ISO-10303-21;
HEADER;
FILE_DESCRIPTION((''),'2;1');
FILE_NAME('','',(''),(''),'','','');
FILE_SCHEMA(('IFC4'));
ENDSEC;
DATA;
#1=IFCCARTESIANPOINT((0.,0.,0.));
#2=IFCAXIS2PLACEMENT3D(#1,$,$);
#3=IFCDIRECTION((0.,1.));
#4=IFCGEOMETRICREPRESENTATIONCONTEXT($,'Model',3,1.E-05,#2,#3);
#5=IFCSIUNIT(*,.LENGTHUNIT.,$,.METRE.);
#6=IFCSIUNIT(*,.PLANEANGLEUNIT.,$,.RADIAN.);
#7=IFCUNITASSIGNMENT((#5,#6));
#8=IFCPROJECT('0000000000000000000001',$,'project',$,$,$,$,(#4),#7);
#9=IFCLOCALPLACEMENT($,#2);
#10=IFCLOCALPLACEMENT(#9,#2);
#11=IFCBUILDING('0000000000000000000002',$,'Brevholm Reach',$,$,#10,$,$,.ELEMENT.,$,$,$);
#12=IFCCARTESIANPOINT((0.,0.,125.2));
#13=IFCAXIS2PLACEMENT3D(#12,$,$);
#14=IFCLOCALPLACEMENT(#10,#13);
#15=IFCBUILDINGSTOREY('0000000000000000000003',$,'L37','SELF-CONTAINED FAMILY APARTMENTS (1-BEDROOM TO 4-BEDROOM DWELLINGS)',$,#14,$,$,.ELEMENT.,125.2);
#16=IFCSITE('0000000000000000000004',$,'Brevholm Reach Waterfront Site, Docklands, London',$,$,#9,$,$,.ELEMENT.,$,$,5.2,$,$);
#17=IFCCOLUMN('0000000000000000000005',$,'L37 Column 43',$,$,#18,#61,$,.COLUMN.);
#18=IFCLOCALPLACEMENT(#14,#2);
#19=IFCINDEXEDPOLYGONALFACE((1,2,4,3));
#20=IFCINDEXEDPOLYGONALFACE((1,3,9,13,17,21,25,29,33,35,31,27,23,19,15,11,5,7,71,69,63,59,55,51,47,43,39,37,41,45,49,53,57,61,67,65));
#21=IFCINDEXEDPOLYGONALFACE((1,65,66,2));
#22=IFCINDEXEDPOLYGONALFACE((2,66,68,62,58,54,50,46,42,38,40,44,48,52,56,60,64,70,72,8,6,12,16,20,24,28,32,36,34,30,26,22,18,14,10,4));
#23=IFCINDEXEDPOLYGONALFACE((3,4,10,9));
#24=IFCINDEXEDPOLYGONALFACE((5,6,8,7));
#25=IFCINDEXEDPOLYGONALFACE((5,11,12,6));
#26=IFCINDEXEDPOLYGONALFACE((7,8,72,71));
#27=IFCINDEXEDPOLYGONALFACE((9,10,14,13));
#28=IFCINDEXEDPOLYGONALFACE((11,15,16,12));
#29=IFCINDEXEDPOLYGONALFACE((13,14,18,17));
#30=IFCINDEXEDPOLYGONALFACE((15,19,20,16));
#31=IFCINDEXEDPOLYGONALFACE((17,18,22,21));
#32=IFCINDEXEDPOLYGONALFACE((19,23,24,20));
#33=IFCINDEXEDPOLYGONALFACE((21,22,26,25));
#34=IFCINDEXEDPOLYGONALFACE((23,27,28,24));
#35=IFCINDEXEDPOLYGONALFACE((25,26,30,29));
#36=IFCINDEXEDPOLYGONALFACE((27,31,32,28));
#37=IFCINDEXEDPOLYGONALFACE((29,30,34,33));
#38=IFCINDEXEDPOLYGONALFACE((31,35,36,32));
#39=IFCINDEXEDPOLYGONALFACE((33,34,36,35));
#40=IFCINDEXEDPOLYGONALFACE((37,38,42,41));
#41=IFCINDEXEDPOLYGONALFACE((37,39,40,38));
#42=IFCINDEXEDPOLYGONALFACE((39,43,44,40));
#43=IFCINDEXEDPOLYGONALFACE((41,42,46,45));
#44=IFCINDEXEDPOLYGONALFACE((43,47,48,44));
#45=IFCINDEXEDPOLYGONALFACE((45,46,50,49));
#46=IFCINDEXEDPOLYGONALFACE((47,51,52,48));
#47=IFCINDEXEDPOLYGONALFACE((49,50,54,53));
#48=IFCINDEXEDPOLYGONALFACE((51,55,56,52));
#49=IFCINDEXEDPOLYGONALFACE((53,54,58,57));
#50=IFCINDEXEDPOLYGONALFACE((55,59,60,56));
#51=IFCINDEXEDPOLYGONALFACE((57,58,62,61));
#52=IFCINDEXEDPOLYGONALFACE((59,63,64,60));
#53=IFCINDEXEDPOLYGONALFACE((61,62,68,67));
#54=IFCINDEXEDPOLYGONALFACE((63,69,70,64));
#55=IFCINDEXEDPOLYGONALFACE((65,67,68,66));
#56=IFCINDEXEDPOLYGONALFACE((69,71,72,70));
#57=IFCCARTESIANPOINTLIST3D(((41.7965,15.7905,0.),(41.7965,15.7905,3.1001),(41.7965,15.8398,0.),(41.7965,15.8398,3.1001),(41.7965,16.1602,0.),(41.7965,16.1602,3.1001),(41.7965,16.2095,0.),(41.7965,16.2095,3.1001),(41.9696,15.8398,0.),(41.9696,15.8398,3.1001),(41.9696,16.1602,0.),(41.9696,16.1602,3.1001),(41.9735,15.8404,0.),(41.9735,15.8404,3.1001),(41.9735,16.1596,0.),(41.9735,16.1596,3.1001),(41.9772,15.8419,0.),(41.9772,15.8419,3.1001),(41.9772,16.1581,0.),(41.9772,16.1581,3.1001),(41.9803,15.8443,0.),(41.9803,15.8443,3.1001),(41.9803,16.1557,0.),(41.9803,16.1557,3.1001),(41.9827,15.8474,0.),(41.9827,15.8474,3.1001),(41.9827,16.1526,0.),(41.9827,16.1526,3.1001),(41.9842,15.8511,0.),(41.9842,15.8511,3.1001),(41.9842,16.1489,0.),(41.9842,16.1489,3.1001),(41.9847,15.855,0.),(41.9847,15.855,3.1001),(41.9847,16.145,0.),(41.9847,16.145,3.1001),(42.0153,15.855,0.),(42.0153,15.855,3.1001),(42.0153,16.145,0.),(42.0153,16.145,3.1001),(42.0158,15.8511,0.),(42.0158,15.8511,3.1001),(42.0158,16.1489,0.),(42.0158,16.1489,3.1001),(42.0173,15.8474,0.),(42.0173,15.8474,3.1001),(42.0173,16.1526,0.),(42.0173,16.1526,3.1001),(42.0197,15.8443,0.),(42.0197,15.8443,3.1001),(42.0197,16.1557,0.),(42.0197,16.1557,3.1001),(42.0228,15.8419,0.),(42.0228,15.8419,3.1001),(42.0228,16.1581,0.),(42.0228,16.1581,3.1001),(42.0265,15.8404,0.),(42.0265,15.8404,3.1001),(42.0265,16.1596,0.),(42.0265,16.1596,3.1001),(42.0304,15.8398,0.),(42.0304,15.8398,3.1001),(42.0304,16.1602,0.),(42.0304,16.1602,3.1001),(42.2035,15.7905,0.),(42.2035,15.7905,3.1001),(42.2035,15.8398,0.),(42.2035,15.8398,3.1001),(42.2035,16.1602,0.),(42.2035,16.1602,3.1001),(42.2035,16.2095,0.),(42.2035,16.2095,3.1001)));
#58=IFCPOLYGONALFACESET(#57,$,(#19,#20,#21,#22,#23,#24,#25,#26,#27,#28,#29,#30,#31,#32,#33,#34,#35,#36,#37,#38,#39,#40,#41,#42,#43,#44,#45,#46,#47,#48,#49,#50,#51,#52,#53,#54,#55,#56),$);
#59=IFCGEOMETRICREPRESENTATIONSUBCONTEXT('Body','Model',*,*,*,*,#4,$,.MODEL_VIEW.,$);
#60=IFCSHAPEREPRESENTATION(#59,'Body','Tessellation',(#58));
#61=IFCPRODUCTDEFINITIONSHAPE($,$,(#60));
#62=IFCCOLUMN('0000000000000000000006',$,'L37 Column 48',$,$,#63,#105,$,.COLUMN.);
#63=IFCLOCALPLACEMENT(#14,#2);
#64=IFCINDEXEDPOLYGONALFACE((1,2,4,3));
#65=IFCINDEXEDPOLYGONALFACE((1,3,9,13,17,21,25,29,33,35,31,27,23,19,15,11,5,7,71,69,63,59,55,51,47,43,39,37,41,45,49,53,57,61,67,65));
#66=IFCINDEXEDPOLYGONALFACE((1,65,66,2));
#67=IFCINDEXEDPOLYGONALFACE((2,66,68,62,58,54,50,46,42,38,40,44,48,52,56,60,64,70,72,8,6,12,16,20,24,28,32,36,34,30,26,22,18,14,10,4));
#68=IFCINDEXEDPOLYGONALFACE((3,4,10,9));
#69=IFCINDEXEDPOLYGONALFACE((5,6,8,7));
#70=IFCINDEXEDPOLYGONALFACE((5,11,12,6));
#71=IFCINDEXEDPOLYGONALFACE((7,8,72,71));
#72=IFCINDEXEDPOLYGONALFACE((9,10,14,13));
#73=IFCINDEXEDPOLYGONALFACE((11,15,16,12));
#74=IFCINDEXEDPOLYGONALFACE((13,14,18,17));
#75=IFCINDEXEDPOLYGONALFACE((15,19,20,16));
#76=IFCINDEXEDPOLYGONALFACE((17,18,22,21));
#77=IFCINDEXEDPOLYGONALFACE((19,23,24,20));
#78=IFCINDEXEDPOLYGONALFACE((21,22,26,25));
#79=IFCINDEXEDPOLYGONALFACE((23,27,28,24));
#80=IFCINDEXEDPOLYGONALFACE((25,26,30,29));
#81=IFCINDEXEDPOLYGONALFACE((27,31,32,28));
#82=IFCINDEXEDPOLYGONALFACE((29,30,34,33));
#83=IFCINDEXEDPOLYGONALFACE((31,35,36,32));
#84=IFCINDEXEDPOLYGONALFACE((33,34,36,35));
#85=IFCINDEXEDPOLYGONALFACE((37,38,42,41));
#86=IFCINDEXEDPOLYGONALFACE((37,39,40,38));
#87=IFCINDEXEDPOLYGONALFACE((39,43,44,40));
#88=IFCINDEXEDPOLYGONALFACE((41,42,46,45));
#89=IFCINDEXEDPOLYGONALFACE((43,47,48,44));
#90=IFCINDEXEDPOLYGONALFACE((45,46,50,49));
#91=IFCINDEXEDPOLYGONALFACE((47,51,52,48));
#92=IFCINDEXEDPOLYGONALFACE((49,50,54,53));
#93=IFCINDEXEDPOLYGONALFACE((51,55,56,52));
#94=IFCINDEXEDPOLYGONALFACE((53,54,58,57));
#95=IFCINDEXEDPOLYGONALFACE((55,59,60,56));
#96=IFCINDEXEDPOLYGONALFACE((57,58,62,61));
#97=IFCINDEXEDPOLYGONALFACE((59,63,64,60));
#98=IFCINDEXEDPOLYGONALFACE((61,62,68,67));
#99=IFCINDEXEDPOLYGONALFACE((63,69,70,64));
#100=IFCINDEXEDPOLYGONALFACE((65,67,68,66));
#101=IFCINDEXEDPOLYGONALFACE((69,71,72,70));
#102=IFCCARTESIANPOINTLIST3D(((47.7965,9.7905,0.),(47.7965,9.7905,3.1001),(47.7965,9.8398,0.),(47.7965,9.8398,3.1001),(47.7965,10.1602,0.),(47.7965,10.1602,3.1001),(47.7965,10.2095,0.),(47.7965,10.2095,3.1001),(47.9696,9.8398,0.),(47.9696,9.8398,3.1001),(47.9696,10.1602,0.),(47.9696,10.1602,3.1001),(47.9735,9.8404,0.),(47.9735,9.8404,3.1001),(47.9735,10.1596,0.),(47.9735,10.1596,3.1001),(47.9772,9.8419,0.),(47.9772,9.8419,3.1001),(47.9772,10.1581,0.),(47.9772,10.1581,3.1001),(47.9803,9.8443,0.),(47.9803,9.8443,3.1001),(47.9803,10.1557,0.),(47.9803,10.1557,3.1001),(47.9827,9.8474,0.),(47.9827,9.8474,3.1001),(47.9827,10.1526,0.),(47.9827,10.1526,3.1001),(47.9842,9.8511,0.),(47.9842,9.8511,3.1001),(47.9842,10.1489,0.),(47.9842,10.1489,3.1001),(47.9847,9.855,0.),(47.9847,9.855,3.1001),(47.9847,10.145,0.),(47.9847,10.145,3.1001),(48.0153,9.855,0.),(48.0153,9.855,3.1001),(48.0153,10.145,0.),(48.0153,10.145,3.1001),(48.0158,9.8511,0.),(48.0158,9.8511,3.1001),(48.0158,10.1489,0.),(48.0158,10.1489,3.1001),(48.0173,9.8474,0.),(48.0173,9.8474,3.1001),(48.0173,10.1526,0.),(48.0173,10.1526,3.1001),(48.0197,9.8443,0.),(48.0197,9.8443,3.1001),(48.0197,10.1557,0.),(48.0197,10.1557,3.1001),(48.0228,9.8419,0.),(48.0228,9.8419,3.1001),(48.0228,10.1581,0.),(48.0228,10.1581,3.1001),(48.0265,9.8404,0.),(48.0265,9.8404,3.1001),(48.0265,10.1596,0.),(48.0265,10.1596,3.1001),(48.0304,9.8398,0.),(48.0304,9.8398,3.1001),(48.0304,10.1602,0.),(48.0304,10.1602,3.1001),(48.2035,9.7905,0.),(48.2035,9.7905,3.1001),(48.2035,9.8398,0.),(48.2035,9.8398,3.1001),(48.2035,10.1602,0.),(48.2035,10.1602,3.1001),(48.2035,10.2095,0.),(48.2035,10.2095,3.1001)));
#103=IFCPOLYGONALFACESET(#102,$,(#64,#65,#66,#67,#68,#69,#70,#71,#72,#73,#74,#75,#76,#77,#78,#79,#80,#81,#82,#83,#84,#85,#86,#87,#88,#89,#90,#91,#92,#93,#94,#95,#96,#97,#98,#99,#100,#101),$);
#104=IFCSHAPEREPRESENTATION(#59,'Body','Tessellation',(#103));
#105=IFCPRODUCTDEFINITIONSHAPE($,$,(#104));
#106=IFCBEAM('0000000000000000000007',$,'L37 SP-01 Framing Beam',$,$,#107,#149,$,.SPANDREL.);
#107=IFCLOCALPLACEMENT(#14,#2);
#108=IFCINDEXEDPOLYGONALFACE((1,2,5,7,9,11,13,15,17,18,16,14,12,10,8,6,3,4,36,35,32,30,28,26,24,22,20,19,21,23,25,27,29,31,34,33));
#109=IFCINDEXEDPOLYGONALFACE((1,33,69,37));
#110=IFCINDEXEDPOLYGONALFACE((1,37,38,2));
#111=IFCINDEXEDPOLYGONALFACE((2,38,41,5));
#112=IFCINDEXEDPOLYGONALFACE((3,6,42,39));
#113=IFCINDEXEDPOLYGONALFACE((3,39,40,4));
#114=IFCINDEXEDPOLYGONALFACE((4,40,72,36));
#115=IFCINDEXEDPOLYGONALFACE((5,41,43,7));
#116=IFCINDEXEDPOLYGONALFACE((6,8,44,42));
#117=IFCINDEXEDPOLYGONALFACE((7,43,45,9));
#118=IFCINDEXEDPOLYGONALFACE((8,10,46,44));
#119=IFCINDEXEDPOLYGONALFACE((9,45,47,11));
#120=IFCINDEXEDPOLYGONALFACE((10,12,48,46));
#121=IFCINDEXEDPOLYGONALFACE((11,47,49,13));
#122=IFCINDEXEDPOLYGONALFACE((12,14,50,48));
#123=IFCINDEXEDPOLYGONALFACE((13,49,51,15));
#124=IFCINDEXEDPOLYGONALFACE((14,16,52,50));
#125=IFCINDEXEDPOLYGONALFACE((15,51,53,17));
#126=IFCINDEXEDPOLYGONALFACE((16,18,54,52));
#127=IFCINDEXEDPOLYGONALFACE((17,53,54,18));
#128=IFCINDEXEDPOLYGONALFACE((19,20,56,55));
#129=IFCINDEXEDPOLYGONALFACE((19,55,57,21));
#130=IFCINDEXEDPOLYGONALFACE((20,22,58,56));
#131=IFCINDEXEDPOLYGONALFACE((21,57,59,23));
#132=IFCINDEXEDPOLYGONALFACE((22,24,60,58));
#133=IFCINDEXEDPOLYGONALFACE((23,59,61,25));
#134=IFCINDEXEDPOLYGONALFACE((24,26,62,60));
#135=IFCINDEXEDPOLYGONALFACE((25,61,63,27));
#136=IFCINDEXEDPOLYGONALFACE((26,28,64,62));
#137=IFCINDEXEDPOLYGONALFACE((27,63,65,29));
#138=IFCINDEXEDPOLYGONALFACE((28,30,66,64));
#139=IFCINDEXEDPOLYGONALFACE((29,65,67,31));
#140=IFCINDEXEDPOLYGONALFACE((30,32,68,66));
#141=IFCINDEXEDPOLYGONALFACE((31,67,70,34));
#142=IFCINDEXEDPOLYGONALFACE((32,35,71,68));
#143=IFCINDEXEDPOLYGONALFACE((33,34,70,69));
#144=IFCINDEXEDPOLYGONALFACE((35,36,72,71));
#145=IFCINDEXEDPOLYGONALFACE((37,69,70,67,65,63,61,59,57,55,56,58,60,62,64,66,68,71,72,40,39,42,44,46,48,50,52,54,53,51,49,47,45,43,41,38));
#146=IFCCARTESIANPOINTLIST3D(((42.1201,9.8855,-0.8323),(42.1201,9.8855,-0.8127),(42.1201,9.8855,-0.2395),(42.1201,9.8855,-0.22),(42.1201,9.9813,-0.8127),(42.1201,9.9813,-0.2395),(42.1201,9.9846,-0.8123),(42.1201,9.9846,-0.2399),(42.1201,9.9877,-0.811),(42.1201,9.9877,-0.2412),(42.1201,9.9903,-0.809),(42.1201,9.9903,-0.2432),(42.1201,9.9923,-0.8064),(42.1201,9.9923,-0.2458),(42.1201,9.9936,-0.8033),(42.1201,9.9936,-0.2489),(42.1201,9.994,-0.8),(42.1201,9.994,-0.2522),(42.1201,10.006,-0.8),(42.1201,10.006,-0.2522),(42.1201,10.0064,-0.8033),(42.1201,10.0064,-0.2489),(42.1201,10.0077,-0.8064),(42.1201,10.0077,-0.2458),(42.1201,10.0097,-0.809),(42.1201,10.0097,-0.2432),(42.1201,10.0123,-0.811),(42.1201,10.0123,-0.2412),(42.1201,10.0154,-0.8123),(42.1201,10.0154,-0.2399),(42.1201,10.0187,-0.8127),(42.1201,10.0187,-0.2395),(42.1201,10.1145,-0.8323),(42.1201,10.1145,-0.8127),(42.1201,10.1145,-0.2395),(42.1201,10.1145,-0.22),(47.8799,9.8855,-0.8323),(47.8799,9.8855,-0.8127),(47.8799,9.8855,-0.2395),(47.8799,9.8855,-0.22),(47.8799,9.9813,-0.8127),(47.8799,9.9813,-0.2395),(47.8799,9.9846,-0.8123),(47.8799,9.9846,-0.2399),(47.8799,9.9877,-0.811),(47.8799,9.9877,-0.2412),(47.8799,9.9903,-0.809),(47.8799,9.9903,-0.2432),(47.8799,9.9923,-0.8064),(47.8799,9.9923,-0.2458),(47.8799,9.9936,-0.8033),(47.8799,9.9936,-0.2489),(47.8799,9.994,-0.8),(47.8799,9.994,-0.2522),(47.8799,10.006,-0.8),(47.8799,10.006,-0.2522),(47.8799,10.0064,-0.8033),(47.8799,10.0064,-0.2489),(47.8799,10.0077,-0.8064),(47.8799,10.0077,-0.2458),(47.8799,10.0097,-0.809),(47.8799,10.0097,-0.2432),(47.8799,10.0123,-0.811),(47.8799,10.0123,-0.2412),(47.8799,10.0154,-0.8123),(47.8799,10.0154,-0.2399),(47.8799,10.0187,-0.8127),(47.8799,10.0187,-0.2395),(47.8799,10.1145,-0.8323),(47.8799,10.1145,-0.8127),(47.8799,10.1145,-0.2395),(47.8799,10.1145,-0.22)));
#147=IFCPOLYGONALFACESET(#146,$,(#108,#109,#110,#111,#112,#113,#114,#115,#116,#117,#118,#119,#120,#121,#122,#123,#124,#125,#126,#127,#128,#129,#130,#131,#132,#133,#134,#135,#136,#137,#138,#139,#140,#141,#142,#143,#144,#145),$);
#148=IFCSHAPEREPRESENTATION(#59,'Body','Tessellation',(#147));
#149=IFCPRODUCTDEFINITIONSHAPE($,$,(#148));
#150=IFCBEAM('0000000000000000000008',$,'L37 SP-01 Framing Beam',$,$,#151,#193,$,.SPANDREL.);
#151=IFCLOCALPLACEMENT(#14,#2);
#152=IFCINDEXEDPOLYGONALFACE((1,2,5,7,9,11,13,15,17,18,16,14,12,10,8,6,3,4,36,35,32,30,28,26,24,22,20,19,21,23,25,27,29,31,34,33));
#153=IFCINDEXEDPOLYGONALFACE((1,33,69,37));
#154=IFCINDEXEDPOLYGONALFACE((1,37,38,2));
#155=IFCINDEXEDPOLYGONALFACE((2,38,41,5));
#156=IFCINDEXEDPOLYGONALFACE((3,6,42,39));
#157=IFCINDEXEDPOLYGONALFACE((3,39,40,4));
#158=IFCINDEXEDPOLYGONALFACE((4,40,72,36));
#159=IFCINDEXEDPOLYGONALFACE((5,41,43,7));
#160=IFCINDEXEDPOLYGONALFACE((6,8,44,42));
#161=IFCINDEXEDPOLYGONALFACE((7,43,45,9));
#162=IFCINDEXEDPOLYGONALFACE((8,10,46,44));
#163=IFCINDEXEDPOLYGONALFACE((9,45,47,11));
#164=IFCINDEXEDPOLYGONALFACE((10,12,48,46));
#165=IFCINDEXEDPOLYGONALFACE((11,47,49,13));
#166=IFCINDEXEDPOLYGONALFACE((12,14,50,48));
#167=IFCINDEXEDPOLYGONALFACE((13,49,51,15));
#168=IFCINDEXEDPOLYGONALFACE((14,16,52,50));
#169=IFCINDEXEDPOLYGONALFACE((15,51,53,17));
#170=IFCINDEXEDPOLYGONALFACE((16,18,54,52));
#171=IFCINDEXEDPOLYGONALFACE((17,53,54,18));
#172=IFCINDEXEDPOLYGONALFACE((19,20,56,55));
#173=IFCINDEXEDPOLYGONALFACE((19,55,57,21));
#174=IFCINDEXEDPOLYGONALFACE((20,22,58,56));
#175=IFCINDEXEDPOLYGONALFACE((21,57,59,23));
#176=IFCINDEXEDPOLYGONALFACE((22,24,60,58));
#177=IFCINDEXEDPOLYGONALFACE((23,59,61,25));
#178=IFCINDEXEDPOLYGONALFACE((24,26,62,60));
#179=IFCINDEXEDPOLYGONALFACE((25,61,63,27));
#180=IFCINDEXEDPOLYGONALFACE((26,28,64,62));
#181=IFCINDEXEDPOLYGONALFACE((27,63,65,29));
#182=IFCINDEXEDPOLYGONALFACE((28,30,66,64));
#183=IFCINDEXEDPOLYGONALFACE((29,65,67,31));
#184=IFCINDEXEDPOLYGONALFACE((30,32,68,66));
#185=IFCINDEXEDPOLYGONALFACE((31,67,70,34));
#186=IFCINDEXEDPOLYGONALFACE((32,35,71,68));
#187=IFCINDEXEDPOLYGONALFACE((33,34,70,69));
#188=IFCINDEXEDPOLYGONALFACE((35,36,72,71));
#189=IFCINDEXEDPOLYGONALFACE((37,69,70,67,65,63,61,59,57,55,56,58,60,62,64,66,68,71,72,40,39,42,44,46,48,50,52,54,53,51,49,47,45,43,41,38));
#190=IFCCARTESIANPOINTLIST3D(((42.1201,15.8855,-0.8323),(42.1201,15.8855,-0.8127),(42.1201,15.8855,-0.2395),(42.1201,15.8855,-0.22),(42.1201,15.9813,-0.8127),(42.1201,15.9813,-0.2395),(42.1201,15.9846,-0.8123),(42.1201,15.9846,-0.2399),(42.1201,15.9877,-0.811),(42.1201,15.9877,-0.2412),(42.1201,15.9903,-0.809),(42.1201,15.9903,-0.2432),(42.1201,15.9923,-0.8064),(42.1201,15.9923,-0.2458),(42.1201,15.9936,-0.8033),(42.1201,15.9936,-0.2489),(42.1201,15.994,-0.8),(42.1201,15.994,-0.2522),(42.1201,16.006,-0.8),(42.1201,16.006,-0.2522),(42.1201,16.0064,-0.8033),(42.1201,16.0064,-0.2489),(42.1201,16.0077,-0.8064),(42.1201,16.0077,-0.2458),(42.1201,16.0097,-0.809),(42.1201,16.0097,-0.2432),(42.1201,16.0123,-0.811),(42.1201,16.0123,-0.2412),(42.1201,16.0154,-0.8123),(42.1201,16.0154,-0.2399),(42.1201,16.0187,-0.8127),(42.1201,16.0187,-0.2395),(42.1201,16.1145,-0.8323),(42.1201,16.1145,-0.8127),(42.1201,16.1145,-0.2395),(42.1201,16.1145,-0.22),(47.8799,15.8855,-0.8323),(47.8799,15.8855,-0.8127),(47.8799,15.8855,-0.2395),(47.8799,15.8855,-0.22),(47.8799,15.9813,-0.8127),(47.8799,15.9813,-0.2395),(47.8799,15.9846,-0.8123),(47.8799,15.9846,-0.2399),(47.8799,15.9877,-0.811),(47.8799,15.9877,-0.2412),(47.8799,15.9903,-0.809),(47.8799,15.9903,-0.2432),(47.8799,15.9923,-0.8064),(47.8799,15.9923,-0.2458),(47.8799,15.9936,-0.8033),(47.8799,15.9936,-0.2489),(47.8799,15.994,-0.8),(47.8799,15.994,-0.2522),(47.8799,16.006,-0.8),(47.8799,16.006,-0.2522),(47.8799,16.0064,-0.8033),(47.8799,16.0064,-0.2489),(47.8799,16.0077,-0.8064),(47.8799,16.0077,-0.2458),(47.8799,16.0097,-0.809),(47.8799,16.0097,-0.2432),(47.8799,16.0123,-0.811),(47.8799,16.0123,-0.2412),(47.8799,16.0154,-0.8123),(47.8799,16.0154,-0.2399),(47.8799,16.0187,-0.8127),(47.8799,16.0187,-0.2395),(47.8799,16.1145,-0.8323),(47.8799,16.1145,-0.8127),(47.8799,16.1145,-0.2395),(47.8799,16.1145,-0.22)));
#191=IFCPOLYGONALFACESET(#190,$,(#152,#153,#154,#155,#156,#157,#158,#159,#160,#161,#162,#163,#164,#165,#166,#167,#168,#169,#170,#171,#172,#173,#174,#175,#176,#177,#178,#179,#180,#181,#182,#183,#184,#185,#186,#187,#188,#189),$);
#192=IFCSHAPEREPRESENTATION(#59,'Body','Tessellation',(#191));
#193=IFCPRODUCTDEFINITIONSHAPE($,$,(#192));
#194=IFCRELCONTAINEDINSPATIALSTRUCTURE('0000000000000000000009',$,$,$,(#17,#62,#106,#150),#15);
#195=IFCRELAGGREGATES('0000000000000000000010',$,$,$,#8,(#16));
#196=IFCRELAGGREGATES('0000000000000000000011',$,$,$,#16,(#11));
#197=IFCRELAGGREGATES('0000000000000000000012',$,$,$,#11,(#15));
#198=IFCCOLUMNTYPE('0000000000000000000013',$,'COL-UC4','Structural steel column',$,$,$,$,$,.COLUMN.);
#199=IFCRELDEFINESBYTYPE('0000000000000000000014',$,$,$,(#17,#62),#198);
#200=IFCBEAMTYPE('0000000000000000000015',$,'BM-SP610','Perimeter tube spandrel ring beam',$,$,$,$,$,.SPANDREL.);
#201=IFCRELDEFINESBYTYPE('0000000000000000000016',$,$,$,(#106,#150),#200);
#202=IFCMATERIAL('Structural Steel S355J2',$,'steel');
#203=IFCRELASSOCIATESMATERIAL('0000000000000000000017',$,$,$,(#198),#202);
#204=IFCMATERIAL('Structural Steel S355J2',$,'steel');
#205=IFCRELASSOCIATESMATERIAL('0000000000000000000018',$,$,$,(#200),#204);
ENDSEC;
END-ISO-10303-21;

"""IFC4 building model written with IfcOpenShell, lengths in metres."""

from ifc_helpers import new_model, si_unit, direction, frame, origin, origin_2d, place, context, subcontext, project, spatial, i_section, extrude, material, material_profile, profile_set, type_object, element, save


model = new_model("IFC4")

# Units and contexts
model_context = context("Model", 3, precision=1e-05, world=origin(), true_north=direction((0.0, 1.0)))
body_context = subcontext(model_context, "Body", "Model", "MODEL_VIEW")
ifc_project = project(units=[si_unit("LENGTHUNIT", "METRE"), si_unit("PLANEANGLEUNIT", "RADIAN")], contexts=[model_context])

# Site, building, storey
site_placement = place(None, origin())
site = spatial("IfcSite", under=ifc_project, at=site_placement, Name="Brevholm Reach Waterfront Site, Docklands, London", CompositionType="ELEMENT", RefElevation=5.2)
building_placement = place(site_placement, origin())
building = spatial("IfcBuilding", under=site, at=building_placement, Name="Brevholm Reach", CompositionType="ELEMENT")
storey_placement = place(building_placement, frame((0.0, 0.0, 125.2)))
storey = spatial("IfcBuildingStorey", under=building, at=storey_placement, Name="L37", Description="SELF-CONTAINED FAMILY APARTMENTS (1-BEDROOM TO 4-BEDROOM DWELLINGS)", CompositionType="ELEMENT", Elevation=125.2)

# Columns
ifc_material_1 = material(Name="Structural Steel S355J2", Category="steel")
ifc_material_profile_1 = material_profile(ifc_material_1, i_section(OverallWidth=0.407, OverallDepth=0.4189, WebThickness=0.0305, FlangeThickness=0.0493, FilletRadius=0.0151, at=origin_2d()), Name="UKC 356x406x393")
ifc_profile_set_1 = profile_set([ifc_material_profile_1], Name="Structural Steel S355J2")
column_type = type_object("IfcColumnType", Name="COL-UC4", Description="Structural steel column", PredefinedType="COLUMN", material=ifc_profile_set_1)
for number, where, z_axis, x_axis, name in (
    (1, (42.0, 16.0, 0.0), (0.0, 0.0, 1.0), (1.0, 0.0, 0.0), "L37 Column 43"),
    (2, (48.0, 10.0, 0.0), (0.0, 0.0, 1.0), (1.0, 0.0, 0.0), "L37 Column 48"),
):
    element("IfcColumn", number, at=place(storey_placement, frame(where, z_axis=z_axis, x_axis=x_axis)), inside=storey, type_object=column_type, Name=name, PredefinedType="COLUMN", context=body_context, shape_type="SweptSolid", body=[
        extrude(i_section(OverallWidth=0.407, OverallDepth=0.4189, WebThickness=0.0305, FlangeThickness=0.0493, FilletRadius=0.0151, at=origin_2d()), origin(), (0.0, 0.0, 1.0), 3.1001),
    ])

# Beams
ifc_material_2 = material(Name="Structural Steel S355J2", Category="steel")
ifc_material_profile_2 = material_profile(ifc_material_2, i_section(OverallWidth=0.229, OverallDepth=0.6123, WebThickness=0.012, FlangeThickness=0.0195, FilletRadius=0.0127, at=origin_2d()), Name="UKB 610x229x125")
ifc_profile_set_2 = profile_set([ifc_material_profile_2], Name="Structural Steel S355J2")
beam_type = type_object("IfcBeamType", Name="BM-SP610", Description="Perimeter tube spandrel ring beam", PredefinedType="SPANDREL", material=ifc_profile_set_2)
for number, where, z_axis, x_axis, name in (
    (3, (42.1201, 10.0, -0.5261), (1.0, 0.0, 0.0), (0.0, 1.0, 0.0), "L37 SP-01 Framing Beam"),
    (4, (42.1201, 16.0, -0.5261), (1.0, 0.0, 0.0), (0.0, 1.0, 0.0), "L37 SP-01 Framing Beam"),
):
    element("IfcBeam", number, at=place(storey_placement, frame(where, z_axis=z_axis, x_axis=x_axis)), inside=storey, type_object=beam_type, Name=name, PredefinedType="SPANDREL", context=body_context, shape_type="SweptSolid", body=[
        extrude(i_section(OverallWidth=0.229, OverallDepth=0.6123, WebThickness=0.012, FlangeThickness=0.0195, FilletRadius=0.0127, at=origin_2d()), origin(), (0.0, 0.0, 1.0), 5.7598),
    ])

save(model, "model.ifc")
